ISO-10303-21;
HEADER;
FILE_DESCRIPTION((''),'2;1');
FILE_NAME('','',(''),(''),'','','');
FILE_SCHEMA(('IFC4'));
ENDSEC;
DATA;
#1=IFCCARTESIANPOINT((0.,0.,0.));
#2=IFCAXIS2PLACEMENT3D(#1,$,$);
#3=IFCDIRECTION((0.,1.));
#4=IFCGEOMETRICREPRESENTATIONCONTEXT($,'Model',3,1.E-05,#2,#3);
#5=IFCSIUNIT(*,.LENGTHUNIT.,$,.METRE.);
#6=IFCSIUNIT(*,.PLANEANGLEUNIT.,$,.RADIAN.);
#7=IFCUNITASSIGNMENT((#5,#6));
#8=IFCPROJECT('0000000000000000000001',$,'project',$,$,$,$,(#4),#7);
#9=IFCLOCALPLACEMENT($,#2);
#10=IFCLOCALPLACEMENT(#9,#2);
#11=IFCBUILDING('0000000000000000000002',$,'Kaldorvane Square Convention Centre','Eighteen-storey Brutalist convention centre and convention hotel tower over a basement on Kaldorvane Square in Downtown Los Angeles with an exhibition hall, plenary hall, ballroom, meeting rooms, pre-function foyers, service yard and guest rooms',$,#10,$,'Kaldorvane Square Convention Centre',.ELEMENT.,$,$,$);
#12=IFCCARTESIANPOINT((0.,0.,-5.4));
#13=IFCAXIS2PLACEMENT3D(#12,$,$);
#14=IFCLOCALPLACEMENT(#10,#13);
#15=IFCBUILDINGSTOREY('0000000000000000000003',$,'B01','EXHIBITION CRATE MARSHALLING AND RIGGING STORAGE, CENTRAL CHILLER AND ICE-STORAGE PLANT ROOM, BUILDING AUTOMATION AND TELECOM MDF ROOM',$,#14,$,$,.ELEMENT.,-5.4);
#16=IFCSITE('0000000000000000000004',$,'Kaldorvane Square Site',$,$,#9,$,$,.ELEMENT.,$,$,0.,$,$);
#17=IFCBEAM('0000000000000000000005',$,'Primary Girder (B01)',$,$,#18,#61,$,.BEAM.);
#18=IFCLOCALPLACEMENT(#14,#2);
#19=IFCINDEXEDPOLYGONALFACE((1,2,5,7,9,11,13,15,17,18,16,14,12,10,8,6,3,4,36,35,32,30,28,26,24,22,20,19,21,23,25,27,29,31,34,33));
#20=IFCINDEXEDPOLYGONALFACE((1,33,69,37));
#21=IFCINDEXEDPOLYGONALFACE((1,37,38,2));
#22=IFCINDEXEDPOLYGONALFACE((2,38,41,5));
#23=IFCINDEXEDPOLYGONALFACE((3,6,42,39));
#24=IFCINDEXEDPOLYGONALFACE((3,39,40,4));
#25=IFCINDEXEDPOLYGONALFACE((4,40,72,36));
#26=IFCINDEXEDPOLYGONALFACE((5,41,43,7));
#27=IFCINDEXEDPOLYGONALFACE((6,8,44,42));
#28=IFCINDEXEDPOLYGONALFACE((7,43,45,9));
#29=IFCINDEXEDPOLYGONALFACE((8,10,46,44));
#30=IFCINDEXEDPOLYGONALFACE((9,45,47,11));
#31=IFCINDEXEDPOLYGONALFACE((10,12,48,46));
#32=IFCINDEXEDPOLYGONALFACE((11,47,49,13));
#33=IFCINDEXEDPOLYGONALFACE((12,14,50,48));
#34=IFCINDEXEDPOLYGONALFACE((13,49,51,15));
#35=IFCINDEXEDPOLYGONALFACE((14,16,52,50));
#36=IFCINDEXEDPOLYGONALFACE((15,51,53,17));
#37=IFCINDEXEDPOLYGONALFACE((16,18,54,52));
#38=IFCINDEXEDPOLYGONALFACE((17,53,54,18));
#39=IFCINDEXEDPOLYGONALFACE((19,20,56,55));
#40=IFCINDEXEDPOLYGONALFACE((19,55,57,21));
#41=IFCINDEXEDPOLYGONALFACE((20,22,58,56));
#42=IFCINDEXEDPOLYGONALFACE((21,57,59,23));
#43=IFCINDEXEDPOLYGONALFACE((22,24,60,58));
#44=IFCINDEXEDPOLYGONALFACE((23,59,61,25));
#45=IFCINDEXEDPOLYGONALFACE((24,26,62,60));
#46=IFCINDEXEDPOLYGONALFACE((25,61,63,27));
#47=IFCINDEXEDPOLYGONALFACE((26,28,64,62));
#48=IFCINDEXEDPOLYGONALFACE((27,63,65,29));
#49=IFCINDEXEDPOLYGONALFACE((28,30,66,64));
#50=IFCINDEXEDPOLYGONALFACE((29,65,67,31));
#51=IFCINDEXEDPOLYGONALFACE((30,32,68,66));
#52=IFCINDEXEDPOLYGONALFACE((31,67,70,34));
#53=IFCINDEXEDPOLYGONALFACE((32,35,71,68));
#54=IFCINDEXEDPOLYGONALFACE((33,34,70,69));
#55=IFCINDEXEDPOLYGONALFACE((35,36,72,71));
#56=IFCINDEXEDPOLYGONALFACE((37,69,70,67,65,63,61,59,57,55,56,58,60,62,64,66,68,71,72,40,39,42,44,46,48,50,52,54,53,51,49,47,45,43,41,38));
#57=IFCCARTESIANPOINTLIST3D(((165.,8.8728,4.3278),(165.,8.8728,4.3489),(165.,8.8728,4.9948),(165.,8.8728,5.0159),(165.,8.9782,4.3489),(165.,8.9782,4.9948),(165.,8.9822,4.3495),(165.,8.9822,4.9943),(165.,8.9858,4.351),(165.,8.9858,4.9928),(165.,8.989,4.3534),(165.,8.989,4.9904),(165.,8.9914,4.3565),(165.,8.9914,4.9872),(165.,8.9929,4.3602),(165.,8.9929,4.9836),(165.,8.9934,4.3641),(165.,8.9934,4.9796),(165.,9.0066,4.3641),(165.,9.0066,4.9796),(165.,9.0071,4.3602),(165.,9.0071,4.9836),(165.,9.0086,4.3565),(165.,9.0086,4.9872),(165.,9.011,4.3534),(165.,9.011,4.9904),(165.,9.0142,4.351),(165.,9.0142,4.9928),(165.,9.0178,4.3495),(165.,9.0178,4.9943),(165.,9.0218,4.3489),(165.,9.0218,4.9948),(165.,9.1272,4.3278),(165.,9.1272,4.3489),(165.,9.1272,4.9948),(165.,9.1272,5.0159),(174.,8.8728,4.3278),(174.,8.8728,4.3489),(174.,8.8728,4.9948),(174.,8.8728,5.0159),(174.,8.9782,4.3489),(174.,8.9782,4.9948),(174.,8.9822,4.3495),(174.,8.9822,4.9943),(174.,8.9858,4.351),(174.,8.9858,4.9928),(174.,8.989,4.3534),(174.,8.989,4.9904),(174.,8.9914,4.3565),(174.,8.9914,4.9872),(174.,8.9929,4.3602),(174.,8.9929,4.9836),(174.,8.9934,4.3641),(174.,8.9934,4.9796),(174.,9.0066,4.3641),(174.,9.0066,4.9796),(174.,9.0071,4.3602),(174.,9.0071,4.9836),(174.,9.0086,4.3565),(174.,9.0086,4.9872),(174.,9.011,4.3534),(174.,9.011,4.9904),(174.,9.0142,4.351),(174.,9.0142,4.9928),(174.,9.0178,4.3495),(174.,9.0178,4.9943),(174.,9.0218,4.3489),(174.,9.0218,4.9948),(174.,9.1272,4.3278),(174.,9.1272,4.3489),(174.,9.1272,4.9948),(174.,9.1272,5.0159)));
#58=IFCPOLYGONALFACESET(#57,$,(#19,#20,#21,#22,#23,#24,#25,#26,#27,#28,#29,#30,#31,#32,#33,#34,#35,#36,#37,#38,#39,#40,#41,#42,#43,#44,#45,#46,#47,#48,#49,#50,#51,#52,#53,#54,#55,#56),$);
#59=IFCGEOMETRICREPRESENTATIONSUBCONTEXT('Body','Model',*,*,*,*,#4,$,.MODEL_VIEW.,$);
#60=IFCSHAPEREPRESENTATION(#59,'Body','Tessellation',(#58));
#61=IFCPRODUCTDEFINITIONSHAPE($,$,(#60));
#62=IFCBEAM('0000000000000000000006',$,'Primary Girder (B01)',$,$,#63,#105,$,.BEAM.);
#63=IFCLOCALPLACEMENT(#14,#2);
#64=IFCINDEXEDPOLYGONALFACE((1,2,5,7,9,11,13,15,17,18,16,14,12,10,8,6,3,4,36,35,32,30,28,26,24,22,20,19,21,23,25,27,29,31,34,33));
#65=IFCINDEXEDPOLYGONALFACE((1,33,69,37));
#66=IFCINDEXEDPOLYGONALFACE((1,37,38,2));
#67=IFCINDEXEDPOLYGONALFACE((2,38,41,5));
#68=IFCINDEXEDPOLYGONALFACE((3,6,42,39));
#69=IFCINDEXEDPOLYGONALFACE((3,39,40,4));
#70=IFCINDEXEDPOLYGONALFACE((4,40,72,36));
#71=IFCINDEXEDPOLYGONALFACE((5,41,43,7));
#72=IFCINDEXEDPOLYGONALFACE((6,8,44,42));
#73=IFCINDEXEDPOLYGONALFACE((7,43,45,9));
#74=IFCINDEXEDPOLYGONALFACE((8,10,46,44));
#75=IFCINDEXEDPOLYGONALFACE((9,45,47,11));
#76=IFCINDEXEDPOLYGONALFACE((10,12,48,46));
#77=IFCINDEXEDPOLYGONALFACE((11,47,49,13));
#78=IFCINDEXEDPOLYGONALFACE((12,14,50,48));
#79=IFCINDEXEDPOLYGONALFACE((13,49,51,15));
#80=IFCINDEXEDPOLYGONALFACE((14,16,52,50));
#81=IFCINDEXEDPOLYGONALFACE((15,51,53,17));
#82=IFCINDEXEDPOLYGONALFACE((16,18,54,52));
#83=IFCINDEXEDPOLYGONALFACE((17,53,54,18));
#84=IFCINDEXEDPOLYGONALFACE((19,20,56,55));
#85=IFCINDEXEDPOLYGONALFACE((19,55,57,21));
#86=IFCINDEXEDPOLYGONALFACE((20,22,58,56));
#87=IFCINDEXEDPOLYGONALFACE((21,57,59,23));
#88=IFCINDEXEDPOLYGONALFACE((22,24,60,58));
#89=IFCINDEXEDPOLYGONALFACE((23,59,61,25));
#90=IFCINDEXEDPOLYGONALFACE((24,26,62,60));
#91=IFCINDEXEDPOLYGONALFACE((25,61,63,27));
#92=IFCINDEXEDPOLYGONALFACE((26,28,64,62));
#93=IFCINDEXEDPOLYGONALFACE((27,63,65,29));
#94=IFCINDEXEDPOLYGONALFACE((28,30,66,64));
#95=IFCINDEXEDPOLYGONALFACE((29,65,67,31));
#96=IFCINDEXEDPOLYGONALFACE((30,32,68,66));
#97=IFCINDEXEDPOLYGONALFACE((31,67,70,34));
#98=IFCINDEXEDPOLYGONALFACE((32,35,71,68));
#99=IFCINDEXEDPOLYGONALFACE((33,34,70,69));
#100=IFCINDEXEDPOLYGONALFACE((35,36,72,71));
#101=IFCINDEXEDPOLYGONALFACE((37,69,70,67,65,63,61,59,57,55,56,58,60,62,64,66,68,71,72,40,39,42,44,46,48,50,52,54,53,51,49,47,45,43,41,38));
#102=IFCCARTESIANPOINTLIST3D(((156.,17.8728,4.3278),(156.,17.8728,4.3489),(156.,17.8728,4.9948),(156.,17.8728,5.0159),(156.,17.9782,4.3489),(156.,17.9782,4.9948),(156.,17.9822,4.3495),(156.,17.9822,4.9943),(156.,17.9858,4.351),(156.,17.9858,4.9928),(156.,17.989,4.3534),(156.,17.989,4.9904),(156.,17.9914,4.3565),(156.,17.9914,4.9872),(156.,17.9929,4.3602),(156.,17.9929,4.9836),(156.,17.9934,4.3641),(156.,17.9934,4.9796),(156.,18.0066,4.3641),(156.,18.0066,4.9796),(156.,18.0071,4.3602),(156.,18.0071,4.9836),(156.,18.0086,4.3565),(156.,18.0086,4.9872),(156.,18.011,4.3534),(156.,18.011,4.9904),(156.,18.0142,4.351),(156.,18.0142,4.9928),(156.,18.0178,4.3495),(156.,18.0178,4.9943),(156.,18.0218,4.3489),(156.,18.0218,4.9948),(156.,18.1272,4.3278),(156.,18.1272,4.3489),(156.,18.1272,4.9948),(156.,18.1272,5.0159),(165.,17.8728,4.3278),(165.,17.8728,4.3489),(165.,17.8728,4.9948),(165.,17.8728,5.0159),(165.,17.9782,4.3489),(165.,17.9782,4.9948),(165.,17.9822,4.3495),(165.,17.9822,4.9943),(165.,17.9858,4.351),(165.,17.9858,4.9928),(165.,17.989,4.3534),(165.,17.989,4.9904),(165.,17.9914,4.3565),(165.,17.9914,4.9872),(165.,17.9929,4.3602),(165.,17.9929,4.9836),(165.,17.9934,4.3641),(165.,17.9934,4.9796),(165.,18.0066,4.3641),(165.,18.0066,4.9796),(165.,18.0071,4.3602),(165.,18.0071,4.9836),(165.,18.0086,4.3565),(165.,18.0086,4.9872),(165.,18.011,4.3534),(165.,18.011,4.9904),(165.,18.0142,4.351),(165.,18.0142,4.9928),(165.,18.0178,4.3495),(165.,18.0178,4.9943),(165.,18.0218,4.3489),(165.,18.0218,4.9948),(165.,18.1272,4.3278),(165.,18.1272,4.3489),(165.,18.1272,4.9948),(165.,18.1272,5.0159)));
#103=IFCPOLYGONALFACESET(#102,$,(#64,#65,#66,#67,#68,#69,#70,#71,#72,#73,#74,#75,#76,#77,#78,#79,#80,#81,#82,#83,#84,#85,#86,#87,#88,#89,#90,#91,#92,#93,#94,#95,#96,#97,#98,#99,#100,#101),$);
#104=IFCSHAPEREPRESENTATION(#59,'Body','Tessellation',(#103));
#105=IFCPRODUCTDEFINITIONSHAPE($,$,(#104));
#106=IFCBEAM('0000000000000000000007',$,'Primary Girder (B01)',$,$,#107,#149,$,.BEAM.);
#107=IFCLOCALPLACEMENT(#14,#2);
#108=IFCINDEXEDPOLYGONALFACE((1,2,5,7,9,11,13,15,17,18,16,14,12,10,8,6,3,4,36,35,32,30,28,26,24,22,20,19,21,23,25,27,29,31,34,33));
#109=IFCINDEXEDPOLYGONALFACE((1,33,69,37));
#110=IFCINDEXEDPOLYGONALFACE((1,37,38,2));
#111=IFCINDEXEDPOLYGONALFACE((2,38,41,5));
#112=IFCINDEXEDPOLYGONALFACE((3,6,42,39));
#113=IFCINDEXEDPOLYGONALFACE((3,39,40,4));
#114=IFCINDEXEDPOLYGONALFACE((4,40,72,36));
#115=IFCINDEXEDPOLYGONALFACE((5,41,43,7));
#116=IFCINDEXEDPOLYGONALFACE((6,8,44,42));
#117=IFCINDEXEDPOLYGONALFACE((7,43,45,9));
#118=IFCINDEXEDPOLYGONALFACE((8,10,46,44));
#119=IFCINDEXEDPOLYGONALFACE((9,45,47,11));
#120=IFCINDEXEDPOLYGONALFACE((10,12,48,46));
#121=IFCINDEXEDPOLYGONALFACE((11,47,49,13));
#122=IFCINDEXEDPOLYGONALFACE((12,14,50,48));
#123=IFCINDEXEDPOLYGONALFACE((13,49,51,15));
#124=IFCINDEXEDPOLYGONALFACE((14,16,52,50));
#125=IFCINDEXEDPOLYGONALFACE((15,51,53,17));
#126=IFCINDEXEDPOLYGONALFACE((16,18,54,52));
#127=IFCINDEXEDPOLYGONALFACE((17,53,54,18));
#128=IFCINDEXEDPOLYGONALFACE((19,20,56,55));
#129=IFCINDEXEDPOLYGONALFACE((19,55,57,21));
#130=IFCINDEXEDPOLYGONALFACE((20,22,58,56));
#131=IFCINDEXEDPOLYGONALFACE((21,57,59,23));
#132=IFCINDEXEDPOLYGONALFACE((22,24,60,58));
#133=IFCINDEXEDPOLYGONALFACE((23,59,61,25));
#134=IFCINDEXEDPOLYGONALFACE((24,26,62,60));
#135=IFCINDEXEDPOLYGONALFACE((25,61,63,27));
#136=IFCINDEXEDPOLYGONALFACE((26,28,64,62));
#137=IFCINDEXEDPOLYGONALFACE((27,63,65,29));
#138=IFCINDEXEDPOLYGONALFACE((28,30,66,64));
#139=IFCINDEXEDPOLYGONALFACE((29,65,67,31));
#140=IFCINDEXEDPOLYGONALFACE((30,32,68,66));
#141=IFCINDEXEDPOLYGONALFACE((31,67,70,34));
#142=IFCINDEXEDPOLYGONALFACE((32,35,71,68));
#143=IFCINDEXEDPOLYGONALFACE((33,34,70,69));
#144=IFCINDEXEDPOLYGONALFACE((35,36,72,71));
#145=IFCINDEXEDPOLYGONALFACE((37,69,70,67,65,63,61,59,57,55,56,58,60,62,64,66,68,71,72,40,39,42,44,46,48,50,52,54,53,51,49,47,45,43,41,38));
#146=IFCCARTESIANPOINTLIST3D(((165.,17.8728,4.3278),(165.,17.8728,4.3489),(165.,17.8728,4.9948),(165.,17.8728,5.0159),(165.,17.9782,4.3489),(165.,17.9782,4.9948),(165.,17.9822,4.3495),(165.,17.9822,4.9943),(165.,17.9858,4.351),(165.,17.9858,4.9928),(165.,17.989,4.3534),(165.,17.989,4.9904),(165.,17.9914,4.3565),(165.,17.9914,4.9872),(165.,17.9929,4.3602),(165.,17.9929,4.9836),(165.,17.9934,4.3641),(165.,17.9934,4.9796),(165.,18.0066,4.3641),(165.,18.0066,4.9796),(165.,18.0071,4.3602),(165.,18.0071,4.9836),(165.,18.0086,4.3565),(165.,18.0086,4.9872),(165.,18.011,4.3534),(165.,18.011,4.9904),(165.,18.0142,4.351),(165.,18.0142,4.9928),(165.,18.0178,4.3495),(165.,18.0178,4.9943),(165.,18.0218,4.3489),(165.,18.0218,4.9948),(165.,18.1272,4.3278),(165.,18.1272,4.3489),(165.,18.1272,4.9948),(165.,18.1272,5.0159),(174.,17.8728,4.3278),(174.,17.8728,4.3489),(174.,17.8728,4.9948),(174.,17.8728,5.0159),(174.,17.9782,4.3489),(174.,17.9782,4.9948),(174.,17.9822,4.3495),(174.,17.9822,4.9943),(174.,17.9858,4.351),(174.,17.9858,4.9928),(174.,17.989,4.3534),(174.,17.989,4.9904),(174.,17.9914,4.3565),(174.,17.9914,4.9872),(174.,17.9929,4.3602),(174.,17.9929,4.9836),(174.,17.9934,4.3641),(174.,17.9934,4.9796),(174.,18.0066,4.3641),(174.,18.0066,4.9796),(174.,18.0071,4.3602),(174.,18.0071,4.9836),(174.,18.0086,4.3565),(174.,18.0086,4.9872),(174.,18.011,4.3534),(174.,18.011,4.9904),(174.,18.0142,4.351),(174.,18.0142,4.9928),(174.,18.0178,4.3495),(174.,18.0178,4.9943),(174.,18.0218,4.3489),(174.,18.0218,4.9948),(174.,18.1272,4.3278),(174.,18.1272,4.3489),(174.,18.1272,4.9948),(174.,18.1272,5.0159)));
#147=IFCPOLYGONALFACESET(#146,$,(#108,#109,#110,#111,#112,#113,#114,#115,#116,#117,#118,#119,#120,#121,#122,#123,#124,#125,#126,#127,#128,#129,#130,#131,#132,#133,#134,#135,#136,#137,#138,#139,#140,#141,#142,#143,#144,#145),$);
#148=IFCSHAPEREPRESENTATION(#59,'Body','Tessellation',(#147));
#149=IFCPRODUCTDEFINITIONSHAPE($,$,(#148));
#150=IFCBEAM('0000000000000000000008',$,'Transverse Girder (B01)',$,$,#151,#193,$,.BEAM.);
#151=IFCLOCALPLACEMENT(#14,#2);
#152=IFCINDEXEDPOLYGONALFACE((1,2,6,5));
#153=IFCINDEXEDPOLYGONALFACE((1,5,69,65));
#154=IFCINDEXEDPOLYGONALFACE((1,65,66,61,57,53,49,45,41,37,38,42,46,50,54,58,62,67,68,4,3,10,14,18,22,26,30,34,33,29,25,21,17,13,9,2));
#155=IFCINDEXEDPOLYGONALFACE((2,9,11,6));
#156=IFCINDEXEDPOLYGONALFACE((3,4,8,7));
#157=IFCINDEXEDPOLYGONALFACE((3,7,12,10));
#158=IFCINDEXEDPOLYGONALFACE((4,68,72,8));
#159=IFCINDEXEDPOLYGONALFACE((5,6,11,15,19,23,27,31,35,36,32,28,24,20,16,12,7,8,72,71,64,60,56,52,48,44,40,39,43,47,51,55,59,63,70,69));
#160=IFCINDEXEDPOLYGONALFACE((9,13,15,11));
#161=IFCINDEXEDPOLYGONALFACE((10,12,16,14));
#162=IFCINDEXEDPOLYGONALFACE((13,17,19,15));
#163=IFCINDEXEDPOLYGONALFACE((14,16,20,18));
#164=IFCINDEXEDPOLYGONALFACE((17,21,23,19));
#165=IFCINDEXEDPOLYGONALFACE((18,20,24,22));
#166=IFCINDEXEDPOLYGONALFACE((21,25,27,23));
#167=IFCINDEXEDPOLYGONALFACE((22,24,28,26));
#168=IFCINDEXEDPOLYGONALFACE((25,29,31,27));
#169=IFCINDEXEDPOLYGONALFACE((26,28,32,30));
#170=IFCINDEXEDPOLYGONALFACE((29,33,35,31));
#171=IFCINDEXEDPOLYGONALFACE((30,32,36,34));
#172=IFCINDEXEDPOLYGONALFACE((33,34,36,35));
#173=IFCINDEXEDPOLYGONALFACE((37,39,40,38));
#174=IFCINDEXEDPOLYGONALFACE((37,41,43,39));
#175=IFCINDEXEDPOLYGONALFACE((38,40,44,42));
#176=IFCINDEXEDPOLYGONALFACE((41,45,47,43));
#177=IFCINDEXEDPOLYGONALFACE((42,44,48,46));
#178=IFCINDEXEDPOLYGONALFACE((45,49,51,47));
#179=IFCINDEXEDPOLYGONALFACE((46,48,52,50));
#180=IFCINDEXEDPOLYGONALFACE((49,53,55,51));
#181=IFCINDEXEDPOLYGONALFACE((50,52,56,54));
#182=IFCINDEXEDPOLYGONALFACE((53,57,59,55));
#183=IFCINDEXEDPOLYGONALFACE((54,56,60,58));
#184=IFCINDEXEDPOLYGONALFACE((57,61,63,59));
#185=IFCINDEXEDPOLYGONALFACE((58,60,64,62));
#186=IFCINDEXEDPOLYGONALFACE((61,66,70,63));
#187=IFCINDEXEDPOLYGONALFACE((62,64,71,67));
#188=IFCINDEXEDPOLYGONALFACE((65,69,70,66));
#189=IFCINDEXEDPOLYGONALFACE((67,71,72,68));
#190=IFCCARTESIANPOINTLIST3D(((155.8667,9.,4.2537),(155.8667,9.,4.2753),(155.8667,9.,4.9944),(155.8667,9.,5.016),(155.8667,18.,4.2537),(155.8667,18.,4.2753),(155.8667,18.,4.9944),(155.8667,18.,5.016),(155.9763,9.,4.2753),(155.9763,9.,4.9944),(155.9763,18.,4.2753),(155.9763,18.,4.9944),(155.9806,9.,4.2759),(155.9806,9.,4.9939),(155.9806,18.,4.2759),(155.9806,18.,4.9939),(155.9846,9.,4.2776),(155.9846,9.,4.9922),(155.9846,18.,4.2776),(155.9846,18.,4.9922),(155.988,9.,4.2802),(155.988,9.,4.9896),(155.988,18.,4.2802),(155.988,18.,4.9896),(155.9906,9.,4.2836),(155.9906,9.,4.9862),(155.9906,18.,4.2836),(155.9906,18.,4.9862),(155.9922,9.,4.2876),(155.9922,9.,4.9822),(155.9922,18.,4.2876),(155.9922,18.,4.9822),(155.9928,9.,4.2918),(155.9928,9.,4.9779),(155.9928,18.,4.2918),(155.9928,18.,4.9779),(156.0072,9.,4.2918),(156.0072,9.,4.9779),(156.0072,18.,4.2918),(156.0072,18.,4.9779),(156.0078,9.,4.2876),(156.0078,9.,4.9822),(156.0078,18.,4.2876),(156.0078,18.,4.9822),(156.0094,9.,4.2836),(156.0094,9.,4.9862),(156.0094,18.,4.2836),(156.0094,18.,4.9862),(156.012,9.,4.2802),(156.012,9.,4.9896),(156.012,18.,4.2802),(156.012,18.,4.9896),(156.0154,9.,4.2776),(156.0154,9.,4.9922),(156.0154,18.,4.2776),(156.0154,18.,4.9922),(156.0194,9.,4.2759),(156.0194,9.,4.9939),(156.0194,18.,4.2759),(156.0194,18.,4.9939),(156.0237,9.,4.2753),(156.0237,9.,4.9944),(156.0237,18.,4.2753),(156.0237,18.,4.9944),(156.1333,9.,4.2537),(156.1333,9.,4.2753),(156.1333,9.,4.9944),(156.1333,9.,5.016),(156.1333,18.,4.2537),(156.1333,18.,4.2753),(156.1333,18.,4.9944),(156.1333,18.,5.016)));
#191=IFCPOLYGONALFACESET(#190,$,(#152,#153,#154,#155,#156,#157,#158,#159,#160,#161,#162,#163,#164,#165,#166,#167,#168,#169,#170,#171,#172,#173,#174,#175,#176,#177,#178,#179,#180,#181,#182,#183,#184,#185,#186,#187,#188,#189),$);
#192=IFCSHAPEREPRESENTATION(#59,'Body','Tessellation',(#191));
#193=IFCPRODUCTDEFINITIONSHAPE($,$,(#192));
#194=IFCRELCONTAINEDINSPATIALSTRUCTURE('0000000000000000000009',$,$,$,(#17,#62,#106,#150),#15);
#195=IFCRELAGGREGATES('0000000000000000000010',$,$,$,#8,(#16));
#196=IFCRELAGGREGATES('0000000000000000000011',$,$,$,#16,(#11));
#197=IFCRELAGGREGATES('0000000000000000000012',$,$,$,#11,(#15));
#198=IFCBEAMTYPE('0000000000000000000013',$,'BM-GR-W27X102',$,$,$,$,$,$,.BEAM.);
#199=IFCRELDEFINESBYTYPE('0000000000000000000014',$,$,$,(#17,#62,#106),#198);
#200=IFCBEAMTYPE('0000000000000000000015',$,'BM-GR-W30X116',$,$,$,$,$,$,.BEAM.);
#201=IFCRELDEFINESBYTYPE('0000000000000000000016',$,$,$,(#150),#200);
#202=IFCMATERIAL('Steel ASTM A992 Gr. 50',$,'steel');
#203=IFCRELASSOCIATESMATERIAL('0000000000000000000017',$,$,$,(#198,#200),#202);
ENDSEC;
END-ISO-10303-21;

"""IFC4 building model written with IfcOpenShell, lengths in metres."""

from ifc_helpers import new_model, si_unit, direction, frame, origin, origin_2d, place, context, subcontext, project, spatial, i_section, extrude, material, material_profile, profile_set, type_object, element, save


model = new_model("IFC4")

# Units and contexts
model_context = context("Model", 3, precision=1e-05, world=origin(), true_north=direction((0.0, 1.0)))
body_context = subcontext(model_context, "Body", "Model", "MODEL_VIEW")
ifc_project = project(units=[si_unit("LENGTHUNIT", "METRE"), si_unit("PLANEANGLEUNIT", "RADIAN")], contexts=[model_context])

# Site, building, storey
site_placement = place(None, origin())
site = spatial("IfcSite", under=ifc_project, at=site_placement, Name="Kaldorvane Square Site", CompositionType="ELEMENT", RefElevation=0.0)
building_placement = place(site_placement, origin())
building = spatial("IfcBuilding", under=site, at=building_placement, Name="Kaldorvane Square Convention Centre", Description="Eighteen-storey Brutalist convention centre and convention hotel tower over a basement on Kaldorvane Square in Downtown Los Angeles with an exhibition hall, plenary hall, ballroom, meeting rooms, pre-function foyers, service yard and guest rooms", LongName="Kaldorvane Square Convention Centre", CompositionType="ELEMENT")
storey_placement = place(building_placement, frame((0.0, 0.0, -5.4)))
storey = spatial("IfcBuildingStorey", under=building, at=storey_placement, Name="B01", Description="EXHIBITION CRATE MARSHALLING AND RIGGING STORAGE, CENTRAL CHILLER AND ICE-STORAGE PLANT ROOM, BUILDING AUTOMATION AND TELECOM MDF ROOM", CompositionType="ELEMENT", Elevation=-5.4)

# Shared definitions
ifc_material_1 = material(Name="Steel ASTM A992 Gr. 50", Category="steel")

# Beams
ifc_material_profile_1 = material_profile(ifc_material_1, i_section(OverallWidth=0.2544, OverallDepth=0.6881, WebThickness=0.0131, FlangeThickness=0.0211, FilletRadius=0.0152, at=origin_2d()), Name="W27X102")
ifc_profile_set_1 = profile_set([ifc_material_profile_1], Name="Steel ASTM A992 Gr. 50")
beam_type_1 = type_object("IfcBeamType", Name="BM-GR-W27X102", PredefinedType="BEAM", material=ifc_profile_set_1)
for number, where, z_axis, x_axis, name in (
    (1, (165.0, 9.0, 4.6719), (1.0, 0.0, 0.0), (0.0, 1.0, 0.0), "Primary Girder (B01)"),
    (2, (156.0, 18.0, 4.6719), (1.0, 0.0, 0.0), (0.0, 1.0, 0.0), "Primary Girder (B01)"),
    (3, (165.0, 18.0, 4.6719), (1.0, 0.0, 0.0), (0.0, 1.0, 0.0), "Primary Girder (B01)"),
):
    element("IfcBeam", number, at=place(storey_placement, frame(where, z_axis=z_axis, x_axis=x_axis)), inside=storey, type_object=beam_type_1, Name=name, PredefinedType="BEAM", context=body_context, shape_type="SweptSolid", body=[
        extrude(i_section(OverallWidth=0.2544, OverallDepth=0.6881, WebThickness=0.0131, FlangeThickness=0.0211, FilletRadius=0.0152, at=origin_2d()), origin(), (0.0, 0.0, 1.0), 9.0),
    ])
ifc_material_profile_2 = material_profile(ifc_material_1, i_section(OverallWidth=0.2666, OverallDepth=0.7623, WebThickness=0.0144, FlangeThickness=0.0216, FilletRadius=0.0165, at=origin_2d()), Name="W30X116")
ifc_profile_set_2 = profile_set([ifc_material_profile_2], Name="Steel ASTM A992 Gr. 50")
beam_type_2 = type_object("IfcBeamType", Name="BM-GR-W30X116", PredefinedType="BEAM", material=ifc_profile_set_2)
for number, where, z_axis, x_axis, name in (
    (4, (156.0, 9.0, 4.6349), (0.0, 1.0, 0.0), (-1.0, 0.0, 0.0), "Transverse Girder (B01)"),
):
    element("IfcBeam", number, at=place(storey_placement, frame(where, z_axis=z_axis, x_axis=x_axis)), inside=storey, type_object=beam_type_2, Name=name, PredefinedType="BEAM", context=body_context, shape_type="SweptSolid", body=[
        extrude(i_section(OverallWidth=0.2666, OverallDepth=0.7623, WebThickness=0.0144, FlangeThickness=0.0216, FilletRadius=0.0165, at=origin_2d()), origin(), (0.0, 0.0, 1.0), 9.0),
    ])

save(model, "model.ifc")
